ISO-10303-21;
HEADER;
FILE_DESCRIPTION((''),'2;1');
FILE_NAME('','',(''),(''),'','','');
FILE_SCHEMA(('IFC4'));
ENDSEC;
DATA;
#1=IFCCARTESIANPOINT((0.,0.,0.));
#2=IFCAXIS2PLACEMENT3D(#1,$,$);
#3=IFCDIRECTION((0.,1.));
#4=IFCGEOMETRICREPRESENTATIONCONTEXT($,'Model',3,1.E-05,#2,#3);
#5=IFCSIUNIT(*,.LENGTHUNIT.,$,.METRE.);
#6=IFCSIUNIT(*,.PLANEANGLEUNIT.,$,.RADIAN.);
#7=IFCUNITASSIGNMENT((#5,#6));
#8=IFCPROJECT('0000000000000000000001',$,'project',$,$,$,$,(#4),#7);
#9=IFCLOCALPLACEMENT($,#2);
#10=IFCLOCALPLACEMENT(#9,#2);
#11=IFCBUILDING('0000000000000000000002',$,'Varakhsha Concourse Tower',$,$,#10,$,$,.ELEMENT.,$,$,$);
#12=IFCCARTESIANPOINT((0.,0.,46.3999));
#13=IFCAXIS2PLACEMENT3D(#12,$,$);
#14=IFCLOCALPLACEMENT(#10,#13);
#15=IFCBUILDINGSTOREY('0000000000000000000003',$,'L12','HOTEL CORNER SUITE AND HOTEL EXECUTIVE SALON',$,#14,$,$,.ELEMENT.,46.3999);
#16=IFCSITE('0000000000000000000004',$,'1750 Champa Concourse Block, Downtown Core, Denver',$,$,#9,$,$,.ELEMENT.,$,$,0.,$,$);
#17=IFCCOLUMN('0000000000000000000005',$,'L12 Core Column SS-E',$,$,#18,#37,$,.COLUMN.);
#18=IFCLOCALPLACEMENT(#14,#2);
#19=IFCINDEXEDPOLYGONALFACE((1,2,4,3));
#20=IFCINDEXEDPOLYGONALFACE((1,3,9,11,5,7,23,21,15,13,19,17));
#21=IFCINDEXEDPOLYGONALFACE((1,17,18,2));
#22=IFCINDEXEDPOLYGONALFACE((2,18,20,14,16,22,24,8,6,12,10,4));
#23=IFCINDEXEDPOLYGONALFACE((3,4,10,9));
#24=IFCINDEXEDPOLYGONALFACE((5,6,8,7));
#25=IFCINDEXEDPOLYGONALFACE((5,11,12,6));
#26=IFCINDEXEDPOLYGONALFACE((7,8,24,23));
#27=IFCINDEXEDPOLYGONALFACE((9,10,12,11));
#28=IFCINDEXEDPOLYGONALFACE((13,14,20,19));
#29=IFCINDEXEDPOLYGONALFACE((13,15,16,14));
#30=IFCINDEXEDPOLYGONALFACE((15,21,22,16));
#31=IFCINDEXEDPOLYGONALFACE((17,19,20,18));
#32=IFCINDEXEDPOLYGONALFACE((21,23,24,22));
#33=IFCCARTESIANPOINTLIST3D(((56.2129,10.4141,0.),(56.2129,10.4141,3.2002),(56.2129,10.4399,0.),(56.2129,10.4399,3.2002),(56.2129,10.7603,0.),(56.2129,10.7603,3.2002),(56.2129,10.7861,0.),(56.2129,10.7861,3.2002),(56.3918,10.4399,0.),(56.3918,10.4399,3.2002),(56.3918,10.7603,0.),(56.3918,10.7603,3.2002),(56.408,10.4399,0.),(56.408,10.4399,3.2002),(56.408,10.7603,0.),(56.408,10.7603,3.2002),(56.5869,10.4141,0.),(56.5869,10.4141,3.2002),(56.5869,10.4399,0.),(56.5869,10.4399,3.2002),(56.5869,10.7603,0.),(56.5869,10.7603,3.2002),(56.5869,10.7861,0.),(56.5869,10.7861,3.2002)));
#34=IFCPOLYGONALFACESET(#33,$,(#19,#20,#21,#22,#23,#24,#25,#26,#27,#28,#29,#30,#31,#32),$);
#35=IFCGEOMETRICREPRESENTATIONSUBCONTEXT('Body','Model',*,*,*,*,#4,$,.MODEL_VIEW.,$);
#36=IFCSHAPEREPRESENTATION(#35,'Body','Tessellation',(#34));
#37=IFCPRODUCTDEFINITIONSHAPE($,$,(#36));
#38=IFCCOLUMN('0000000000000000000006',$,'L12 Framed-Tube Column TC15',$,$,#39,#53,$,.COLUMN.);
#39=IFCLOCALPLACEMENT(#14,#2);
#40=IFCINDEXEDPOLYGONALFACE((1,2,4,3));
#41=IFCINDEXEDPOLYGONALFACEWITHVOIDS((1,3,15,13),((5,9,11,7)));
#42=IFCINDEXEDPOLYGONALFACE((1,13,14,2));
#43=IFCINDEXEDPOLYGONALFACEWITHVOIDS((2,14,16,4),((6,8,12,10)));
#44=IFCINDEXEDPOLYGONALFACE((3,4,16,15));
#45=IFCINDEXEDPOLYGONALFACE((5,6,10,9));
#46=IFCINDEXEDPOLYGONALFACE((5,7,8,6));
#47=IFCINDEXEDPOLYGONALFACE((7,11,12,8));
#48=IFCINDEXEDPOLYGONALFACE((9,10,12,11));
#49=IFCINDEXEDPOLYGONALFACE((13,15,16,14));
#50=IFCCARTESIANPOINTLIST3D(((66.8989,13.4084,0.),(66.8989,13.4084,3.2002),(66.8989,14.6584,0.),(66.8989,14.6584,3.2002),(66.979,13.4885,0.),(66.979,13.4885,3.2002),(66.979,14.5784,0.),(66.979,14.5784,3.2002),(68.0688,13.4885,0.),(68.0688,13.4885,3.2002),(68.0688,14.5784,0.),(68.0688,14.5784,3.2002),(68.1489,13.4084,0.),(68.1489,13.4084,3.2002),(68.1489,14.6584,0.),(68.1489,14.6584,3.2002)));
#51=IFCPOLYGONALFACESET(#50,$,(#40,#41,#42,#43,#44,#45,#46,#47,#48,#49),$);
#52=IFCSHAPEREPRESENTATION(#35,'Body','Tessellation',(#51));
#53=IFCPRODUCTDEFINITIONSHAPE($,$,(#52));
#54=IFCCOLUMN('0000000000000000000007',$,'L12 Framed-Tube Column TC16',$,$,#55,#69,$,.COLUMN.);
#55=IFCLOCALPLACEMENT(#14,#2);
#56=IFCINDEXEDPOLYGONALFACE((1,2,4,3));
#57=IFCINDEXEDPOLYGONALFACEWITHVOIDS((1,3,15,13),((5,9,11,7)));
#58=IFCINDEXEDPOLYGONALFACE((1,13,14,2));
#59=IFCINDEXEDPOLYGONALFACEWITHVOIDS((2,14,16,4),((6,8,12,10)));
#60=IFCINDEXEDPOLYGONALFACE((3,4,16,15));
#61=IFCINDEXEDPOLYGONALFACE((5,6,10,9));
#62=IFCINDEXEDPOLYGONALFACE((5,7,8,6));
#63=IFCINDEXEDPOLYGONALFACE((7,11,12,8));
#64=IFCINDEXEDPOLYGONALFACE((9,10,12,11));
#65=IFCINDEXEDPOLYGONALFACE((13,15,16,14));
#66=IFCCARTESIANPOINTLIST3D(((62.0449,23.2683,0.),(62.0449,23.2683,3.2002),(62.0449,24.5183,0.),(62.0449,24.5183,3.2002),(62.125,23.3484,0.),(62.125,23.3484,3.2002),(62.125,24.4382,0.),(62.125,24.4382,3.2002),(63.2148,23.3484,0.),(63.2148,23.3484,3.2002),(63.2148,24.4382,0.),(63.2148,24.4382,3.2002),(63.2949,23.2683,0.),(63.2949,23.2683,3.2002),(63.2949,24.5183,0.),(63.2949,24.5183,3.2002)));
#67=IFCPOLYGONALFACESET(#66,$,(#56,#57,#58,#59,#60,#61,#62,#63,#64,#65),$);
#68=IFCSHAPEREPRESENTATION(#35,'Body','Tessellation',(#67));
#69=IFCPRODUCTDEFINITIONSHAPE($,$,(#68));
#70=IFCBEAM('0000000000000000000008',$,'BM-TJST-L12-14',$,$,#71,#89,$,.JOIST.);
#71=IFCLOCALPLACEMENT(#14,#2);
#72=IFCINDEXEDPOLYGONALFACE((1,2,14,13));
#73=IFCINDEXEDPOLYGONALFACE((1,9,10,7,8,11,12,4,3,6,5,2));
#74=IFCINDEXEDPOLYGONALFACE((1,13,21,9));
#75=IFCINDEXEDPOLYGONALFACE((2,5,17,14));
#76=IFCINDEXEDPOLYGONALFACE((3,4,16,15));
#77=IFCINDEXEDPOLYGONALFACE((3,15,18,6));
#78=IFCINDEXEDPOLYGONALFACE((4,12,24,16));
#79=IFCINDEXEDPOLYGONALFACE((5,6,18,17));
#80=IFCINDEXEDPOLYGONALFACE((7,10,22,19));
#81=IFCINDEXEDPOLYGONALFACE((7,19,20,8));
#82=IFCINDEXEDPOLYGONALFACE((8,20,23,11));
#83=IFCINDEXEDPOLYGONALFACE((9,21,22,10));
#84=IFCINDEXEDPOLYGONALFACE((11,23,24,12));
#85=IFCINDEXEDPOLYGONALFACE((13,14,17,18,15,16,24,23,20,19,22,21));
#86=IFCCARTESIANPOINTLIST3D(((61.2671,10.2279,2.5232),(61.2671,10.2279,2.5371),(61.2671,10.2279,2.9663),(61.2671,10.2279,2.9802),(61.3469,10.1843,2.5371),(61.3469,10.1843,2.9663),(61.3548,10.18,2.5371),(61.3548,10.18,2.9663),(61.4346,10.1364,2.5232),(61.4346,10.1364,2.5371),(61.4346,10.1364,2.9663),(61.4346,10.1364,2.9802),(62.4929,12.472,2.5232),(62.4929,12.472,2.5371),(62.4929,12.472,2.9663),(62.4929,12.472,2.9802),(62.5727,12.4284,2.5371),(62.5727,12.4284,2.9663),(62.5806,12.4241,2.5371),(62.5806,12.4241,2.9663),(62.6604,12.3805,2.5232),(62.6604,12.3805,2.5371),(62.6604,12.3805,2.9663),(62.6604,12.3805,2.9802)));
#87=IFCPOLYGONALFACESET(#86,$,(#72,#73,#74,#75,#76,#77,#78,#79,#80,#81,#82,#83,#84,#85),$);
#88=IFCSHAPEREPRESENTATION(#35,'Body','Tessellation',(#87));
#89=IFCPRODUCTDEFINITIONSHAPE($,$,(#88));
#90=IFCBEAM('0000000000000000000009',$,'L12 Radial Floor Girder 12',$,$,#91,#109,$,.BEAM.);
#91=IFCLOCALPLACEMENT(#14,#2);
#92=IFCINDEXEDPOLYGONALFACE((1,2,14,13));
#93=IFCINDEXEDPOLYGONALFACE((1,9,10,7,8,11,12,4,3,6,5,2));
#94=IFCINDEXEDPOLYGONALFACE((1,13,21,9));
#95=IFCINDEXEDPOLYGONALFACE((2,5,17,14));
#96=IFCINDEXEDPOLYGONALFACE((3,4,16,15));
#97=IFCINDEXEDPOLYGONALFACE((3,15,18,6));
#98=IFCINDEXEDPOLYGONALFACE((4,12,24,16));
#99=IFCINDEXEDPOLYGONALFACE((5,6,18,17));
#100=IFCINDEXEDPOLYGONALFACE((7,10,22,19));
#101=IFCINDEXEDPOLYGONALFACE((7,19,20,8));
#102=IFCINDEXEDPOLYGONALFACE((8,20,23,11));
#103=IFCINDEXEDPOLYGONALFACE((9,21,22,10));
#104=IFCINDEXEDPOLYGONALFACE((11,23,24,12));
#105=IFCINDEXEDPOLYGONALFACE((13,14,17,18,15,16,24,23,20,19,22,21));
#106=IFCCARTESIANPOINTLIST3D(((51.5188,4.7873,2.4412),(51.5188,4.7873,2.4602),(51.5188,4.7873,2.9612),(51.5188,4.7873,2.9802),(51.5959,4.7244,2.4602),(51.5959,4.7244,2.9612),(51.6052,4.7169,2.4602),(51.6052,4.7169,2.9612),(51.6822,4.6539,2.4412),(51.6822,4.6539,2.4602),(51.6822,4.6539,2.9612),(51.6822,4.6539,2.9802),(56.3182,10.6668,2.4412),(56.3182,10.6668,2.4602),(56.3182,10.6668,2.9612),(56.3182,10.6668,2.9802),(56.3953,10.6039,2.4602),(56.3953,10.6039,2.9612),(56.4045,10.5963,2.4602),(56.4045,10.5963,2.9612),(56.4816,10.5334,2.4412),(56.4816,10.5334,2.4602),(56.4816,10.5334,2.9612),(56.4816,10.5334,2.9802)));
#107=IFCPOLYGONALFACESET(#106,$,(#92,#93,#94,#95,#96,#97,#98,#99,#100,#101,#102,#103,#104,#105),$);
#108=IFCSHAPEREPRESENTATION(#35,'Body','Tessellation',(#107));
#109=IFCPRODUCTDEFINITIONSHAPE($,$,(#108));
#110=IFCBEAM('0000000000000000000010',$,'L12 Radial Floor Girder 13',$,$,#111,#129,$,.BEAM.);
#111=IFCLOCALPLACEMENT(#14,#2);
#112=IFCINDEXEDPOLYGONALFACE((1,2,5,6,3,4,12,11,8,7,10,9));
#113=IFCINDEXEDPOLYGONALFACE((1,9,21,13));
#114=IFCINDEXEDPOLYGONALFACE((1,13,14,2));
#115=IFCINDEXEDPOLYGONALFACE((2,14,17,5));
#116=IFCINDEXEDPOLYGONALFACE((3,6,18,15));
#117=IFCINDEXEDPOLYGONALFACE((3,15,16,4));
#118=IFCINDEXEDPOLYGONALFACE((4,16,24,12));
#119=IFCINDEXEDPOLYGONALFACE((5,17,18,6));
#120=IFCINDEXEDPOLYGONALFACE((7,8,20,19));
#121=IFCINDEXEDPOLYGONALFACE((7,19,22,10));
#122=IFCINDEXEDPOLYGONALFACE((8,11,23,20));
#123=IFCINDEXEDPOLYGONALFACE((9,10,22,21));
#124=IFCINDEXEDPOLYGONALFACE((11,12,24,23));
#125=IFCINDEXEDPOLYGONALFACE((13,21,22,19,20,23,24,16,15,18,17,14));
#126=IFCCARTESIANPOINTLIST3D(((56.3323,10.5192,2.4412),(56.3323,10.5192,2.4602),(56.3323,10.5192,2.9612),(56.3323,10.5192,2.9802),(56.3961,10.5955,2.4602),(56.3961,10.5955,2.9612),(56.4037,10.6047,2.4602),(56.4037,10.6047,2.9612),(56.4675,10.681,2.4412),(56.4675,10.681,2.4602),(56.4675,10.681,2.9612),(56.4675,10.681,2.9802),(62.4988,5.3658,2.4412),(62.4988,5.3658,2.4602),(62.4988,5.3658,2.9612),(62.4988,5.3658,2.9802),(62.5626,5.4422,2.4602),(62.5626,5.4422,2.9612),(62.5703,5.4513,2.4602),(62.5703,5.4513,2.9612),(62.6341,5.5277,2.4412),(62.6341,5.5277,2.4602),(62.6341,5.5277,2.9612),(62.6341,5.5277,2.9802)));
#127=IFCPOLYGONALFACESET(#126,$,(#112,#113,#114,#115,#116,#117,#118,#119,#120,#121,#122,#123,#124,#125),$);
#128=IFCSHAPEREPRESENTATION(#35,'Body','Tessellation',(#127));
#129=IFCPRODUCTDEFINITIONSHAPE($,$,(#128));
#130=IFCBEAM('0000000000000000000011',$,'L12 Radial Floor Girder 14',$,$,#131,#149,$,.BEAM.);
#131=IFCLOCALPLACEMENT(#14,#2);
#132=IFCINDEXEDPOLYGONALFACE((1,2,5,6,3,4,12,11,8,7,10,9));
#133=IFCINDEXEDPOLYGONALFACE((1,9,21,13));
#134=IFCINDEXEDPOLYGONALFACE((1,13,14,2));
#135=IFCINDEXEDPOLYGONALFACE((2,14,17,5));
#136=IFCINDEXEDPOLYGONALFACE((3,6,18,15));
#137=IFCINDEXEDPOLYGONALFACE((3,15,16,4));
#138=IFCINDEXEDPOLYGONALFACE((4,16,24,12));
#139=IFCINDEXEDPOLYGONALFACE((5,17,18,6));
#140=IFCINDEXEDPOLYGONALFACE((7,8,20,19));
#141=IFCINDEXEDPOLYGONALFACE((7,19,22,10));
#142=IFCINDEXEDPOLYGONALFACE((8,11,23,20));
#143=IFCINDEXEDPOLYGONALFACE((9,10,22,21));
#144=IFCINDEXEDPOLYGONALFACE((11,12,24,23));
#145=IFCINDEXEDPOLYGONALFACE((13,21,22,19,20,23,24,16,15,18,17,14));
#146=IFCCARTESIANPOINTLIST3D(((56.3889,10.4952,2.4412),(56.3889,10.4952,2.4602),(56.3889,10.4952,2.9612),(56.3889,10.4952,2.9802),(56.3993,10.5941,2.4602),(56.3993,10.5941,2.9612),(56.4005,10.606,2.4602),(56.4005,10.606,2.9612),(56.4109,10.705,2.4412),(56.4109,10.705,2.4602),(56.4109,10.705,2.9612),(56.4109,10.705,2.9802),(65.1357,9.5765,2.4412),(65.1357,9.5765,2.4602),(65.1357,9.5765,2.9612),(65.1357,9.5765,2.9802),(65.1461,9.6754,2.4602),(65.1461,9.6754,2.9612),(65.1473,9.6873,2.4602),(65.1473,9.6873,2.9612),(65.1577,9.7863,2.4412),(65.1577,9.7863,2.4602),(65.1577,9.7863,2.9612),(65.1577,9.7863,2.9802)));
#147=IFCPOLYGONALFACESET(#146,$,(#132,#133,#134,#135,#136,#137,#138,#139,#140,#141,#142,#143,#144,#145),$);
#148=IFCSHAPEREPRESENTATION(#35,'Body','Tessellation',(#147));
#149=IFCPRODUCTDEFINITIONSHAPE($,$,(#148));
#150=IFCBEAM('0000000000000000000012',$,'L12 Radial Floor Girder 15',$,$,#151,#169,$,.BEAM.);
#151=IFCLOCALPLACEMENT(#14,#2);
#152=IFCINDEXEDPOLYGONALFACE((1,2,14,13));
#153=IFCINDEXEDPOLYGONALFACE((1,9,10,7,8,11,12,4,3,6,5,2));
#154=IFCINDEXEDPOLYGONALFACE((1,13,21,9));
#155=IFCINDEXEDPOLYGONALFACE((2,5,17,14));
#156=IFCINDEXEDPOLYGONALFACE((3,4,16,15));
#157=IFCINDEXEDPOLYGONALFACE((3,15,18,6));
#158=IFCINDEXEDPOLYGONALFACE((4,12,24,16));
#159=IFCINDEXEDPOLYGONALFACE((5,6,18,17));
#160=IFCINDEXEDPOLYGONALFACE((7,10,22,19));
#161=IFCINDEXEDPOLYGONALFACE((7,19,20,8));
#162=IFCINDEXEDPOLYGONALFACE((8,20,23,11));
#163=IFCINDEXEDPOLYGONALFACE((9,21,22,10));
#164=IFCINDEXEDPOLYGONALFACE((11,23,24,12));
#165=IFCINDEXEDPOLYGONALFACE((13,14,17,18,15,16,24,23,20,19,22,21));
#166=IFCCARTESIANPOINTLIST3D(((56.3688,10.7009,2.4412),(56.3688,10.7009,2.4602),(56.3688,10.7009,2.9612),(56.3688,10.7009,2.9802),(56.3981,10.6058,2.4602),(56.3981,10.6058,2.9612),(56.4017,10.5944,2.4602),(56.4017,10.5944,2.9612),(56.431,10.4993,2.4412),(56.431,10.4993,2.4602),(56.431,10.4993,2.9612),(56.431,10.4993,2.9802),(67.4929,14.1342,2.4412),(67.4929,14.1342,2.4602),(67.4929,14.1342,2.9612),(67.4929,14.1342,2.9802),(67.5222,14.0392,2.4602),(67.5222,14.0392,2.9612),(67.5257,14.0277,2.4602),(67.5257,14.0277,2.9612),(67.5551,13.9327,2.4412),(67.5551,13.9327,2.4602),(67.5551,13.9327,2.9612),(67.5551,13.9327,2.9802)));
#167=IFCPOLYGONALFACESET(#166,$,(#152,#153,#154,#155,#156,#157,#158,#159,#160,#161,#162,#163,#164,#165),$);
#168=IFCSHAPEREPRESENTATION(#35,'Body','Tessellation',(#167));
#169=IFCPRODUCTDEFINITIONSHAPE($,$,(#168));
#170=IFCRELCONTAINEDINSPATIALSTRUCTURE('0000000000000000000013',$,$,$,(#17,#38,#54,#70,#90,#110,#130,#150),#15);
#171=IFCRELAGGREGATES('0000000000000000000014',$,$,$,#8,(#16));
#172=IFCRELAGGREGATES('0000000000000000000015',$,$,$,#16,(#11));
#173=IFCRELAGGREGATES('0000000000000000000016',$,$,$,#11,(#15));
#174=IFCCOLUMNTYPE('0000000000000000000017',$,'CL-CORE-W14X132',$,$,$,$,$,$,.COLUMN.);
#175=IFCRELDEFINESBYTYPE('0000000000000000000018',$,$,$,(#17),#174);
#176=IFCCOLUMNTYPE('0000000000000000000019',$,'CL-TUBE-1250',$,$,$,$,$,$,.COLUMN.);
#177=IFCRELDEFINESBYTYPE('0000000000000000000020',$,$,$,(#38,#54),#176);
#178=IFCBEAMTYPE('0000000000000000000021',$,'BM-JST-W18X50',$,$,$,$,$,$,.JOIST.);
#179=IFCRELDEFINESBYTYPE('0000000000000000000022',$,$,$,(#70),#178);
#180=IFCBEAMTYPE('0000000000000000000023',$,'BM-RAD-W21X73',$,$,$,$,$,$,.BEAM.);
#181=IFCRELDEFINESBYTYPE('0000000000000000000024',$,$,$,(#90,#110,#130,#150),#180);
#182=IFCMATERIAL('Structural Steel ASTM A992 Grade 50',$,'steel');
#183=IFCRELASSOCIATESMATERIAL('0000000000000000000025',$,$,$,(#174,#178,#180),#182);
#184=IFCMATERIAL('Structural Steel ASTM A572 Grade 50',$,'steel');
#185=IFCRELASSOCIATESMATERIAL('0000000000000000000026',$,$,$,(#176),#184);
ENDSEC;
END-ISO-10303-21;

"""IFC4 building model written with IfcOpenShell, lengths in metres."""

from ifc_helpers import new_model, si_unit, direction, frame, origin, origin_2d, place, context, subcontext, project, spatial, hollow_rectangle, i_section, extrude, material, material_profile, profile_set, type_object, element, save


model = new_model("IFC4")

# Units and contexts
model_context = context("Model", 3, precision=1e-05, world=origin(), true_north=direction((0.0, 1.0)))
body_context = subcontext(model_context, "Body", "Model", "MODEL_VIEW")
ifc_project = project(units=[si_unit("LENGTHUNIT", "METRE"), si_unit("PLANEANGLEUNIT", "RADIAN")], contexts=[model_context])

# Site, building, storey
site_placement = place(None, origin())
site = spatial("IfcSite", under=ifc_project, at=site_placement, Name="1750 Champa Concourse Block, Downtown Core, Denver", CompositionType="ELEMENT", RefElevation=0.0)
building_placement = place(site_placement, origin())
building = spatial("IfcBuilding", under=site, at=building_placement, Name="Varakhsha Concourse Tower", CompositionType="ELEMENT")
storey_placement = place(building_placement, frame((0.0, 0.0, 46.3999)))
storey = spatial("IfcBuildingStorey", under=building, at=storey_placement, Name="L12", Description="HOTEL CORNER SUITE AND HOTEL EXECUTIVE SALON", CompositionType="ELEMENT", Elevation=46.3999)

# Columns
ifc_material_1 = material(Name="Structural Steel ASTM A992 Grade 50", Category="steel")
ifc_material_profile_1 = material_profile(ifc_material_1, i_section(OverallWidth=0.374, OverallDepth=0.3721, WebThickness=0.0161, FlangeThickness=0.0259, at=origin_2d()), Name="W14X132")
ifc_profile_set_1 = profile_set([ifc_material_profile_1], Name="Structural Steel ASTM A992 Grade 50")
column_type_1 = type_object("IfcColumnType", Name="CL-CORE-W14X132", PredefinedType="COLUMN", material=ifc_profile_set_1)
column_placement = place(storey_placement, frame((56.3999, 10.6001, 0.0), z_axis=(0.0, 0.0, 1.0), x_axis=(1.0, 0.0, 0.0)))
element("IfcColumn", 1, at=column_placement, inside=storey, type_object=column_type_1, Name="L12 Core Column SS-E", PredefinedType="COLUMN", context=body_context, shape_type="SweptSolid", body=[
    extrude(i_section(OverallWidth=0.374, OverallDepth=0.3721, WebThickness=0.0161, FlangeThickness=0.0259, at=origin_2d()), origin(), (0.0, 0.0, 1.0), 3.2002),
])
ifc_material_2 = material(Name="Structural Steel ASTM A572 Grade 50", Category="steel")
ifc_material_profile_2 = material_profile(ifc_material_2, hollow_rectangle(XDim=1.25, YDim=1.25, WallThickness=0.0801, at=origin_2d()), Name="BOX 1250x1250x80")
ifc_profile_set_2 = profile_set([ifc_material_profile_2], Name="Structural Steel ASTM A572 Grade 50")
column_type_2 = type_object("IfcColumnType", Name="CL-TUBE-1250", PredefinedType="COLUMN", material=ifc_profile_set_2)
for number, where, z_axis, x_axis, name in (
    (2, (67.5239, 14.0334, 0.0), (0.0, 0.0, 1.0), (1.0, 0.0, 0.0), "L12 Framed-Tube Column TC15"),
    (3, (62.6699, 23.8933, 0.0), (0.0, 0.0, 1.0), (1.0, 0.0, 0.0), "L12 Framed-Tube Column TC16"),
):
    element("IfcColumn", number, at=place(storey_placement, frame(where, z_axis=z_axis, x_axis=x_axis)), inside=storey, type_object=column_type_2, Name=name, PredefinedType="COLUMN", context=body_context, shape_type="SweptSolid", body=[
        extrude(hollow_rectangle(XDim=1.25, YDim=1.25, WallThickness=0.0801, at=origin_2d()), origin(), (0.0, 0.0, 1.0), 3.2002),
    ])

# Beams
ifc_material_profile_3 = material_profile(ifc_material_1, i_section(OverallWidth=0.1909, OverallDepth=0.457, WebThickness=0.009, FlangeThickness=0.0139, at=origin_2d()), Name="W18X50")
ifc_profile_set_3 = profile_set([ifc_material_profile_3], Name="Structural Steel ASTM A992 Grade 50")
beam_type_1 = type_object("IfcBeamType", Name="BM-JST-W18X50", PredefinedType="JOIST", material=ifc_profile_set_3)
beam_1_placement = place(storey_placement, frame((61.3508, 10.1821, 2.7517), z_axis=(0.479381, 0.877607, 0.0), x_axis=(-0.877607, 0.479381, 0.0)))
element("IfcBeam", 4, at=beam_1_placement, inside=storey, type_object=beam_type_1, Name="BM-TJST-L12-14", PredefinedType="JOIST", context=body_context, shape_type="SweptSolid", body=[
    extrude(i_section(OverallWidth=0.1909, OverallDepth=0.457, WebThickness=0.009, FlangeThickness=0.0139, at=origin_2d()), origin(), (0.0, 0.0, 1.0), 2.5571),
])
ifc_material_profile_4 = material_profile(ifc_material_1, i_section(OverallWidth=0.2109, OverallDepth=0.5391, WebThickness=0.012, FlangeThickness=0.019, at=origin_2d()), Name="W21X73")
ifc_profile_set_4 = profile_set([ifc_material_profile_4], Name="Structural Steel ASTM A992 Grade 50")
beam_type_2 = type_object("IfcBeamType", Name="BM-RAD-W21X73", PredefinedType="BEAM", material=ifc_profile_set_4)
beam_2_placement = place(storey_placement, frame((56.3999, 10.6001, 2.7107), z_axis=(-0.632362, -0.774673, 0.0), x_axis=(0.774673, -0.632362, 0.0)))
element("IfcBeam", 5, at=beam_2_placement, inside=storey, type_object=beam_type_2, Name="L12 Radial Floor Girder 12", PredefinedType="BEAM", context=body_context, shape_type="SweptSolid", body=[
    extrude(i_section(OverallWidth=0.2109, OverallDepth=0.5391, WebThickness=0.012, FlangeThickness=0.019, at=origin_2d()), origin(), (0.0, 0.0, 1.0), 7.5896),
])
beam_3_placement = place(storey_placement, frame((56.3999, 10.6001, 2.7107), z_axis=(0.767329, -0.641254, 0.0), x_axis=(0.641254, 0.767329, 0.0)))
element("IfcBeam", 6, at=beam_3_placement, inside=storey, type_object=beam_type_2, Name="L12 Radial Floor Girder 13", PredefinedType="BEAM", context=body_context, shape_type="SweptSolid", body=[
    extrude(i_section(OverallWidth=0.2109, OverallDepth=0.5391, WebThickness=0.012, FlangeThickness=0.019, at=origin_2d()), origin(), (0.0, 0.0, 1.0), 8.0364),
])
beam_4_placement = place(storey_placement, frame((56.3999, 10.6001, 2.7107), z_axis=(0.994529, -0.104458, 0.0), x_axis=(0.104458, 0.994529, 0.0)))
element("IfcBeam", 7, at=beam_4_placement, inside=storey, type_object=beam_type_2, Name="L12 Radial Floor Girder 14", PredefinedType="BEAM", context=body_context, shape_type="SweptSolid", body=[
    extrude(i_section(OverallWidth=0.2109, OverallDepth=0.5391, WebThickness=0.012, FlangeThickness=0.019, at=origin_2d()), origin(), (0.0, 0.0, 1.0), 8.7949),
])
beam_5_placement = place(storey_placement, frame((56.3999, 10.6001, 2.7107), z_axis=(0.955523, 0.294915, 0.0), x_axis=(-0.294915, 0.955523, 0.0)))
element("IfcBeam", 8, at=beam_5_placement, inside=storey, type_object=beam_type_2, Name="L12 Radial Floor Girder 15", PredefinedType="BEAM", context=body_context, shape_type="SweptSolid", body=[
    extrude(i_section(OverallWidth=0.2109, OverallDepth=0.5391, WebThickness=0.012, FlangeThickness=0.019, at=origin_2d()), origin(), (0.0, 0.0, 1.0), 11.6418),
])

save(model, "model.ifc")
